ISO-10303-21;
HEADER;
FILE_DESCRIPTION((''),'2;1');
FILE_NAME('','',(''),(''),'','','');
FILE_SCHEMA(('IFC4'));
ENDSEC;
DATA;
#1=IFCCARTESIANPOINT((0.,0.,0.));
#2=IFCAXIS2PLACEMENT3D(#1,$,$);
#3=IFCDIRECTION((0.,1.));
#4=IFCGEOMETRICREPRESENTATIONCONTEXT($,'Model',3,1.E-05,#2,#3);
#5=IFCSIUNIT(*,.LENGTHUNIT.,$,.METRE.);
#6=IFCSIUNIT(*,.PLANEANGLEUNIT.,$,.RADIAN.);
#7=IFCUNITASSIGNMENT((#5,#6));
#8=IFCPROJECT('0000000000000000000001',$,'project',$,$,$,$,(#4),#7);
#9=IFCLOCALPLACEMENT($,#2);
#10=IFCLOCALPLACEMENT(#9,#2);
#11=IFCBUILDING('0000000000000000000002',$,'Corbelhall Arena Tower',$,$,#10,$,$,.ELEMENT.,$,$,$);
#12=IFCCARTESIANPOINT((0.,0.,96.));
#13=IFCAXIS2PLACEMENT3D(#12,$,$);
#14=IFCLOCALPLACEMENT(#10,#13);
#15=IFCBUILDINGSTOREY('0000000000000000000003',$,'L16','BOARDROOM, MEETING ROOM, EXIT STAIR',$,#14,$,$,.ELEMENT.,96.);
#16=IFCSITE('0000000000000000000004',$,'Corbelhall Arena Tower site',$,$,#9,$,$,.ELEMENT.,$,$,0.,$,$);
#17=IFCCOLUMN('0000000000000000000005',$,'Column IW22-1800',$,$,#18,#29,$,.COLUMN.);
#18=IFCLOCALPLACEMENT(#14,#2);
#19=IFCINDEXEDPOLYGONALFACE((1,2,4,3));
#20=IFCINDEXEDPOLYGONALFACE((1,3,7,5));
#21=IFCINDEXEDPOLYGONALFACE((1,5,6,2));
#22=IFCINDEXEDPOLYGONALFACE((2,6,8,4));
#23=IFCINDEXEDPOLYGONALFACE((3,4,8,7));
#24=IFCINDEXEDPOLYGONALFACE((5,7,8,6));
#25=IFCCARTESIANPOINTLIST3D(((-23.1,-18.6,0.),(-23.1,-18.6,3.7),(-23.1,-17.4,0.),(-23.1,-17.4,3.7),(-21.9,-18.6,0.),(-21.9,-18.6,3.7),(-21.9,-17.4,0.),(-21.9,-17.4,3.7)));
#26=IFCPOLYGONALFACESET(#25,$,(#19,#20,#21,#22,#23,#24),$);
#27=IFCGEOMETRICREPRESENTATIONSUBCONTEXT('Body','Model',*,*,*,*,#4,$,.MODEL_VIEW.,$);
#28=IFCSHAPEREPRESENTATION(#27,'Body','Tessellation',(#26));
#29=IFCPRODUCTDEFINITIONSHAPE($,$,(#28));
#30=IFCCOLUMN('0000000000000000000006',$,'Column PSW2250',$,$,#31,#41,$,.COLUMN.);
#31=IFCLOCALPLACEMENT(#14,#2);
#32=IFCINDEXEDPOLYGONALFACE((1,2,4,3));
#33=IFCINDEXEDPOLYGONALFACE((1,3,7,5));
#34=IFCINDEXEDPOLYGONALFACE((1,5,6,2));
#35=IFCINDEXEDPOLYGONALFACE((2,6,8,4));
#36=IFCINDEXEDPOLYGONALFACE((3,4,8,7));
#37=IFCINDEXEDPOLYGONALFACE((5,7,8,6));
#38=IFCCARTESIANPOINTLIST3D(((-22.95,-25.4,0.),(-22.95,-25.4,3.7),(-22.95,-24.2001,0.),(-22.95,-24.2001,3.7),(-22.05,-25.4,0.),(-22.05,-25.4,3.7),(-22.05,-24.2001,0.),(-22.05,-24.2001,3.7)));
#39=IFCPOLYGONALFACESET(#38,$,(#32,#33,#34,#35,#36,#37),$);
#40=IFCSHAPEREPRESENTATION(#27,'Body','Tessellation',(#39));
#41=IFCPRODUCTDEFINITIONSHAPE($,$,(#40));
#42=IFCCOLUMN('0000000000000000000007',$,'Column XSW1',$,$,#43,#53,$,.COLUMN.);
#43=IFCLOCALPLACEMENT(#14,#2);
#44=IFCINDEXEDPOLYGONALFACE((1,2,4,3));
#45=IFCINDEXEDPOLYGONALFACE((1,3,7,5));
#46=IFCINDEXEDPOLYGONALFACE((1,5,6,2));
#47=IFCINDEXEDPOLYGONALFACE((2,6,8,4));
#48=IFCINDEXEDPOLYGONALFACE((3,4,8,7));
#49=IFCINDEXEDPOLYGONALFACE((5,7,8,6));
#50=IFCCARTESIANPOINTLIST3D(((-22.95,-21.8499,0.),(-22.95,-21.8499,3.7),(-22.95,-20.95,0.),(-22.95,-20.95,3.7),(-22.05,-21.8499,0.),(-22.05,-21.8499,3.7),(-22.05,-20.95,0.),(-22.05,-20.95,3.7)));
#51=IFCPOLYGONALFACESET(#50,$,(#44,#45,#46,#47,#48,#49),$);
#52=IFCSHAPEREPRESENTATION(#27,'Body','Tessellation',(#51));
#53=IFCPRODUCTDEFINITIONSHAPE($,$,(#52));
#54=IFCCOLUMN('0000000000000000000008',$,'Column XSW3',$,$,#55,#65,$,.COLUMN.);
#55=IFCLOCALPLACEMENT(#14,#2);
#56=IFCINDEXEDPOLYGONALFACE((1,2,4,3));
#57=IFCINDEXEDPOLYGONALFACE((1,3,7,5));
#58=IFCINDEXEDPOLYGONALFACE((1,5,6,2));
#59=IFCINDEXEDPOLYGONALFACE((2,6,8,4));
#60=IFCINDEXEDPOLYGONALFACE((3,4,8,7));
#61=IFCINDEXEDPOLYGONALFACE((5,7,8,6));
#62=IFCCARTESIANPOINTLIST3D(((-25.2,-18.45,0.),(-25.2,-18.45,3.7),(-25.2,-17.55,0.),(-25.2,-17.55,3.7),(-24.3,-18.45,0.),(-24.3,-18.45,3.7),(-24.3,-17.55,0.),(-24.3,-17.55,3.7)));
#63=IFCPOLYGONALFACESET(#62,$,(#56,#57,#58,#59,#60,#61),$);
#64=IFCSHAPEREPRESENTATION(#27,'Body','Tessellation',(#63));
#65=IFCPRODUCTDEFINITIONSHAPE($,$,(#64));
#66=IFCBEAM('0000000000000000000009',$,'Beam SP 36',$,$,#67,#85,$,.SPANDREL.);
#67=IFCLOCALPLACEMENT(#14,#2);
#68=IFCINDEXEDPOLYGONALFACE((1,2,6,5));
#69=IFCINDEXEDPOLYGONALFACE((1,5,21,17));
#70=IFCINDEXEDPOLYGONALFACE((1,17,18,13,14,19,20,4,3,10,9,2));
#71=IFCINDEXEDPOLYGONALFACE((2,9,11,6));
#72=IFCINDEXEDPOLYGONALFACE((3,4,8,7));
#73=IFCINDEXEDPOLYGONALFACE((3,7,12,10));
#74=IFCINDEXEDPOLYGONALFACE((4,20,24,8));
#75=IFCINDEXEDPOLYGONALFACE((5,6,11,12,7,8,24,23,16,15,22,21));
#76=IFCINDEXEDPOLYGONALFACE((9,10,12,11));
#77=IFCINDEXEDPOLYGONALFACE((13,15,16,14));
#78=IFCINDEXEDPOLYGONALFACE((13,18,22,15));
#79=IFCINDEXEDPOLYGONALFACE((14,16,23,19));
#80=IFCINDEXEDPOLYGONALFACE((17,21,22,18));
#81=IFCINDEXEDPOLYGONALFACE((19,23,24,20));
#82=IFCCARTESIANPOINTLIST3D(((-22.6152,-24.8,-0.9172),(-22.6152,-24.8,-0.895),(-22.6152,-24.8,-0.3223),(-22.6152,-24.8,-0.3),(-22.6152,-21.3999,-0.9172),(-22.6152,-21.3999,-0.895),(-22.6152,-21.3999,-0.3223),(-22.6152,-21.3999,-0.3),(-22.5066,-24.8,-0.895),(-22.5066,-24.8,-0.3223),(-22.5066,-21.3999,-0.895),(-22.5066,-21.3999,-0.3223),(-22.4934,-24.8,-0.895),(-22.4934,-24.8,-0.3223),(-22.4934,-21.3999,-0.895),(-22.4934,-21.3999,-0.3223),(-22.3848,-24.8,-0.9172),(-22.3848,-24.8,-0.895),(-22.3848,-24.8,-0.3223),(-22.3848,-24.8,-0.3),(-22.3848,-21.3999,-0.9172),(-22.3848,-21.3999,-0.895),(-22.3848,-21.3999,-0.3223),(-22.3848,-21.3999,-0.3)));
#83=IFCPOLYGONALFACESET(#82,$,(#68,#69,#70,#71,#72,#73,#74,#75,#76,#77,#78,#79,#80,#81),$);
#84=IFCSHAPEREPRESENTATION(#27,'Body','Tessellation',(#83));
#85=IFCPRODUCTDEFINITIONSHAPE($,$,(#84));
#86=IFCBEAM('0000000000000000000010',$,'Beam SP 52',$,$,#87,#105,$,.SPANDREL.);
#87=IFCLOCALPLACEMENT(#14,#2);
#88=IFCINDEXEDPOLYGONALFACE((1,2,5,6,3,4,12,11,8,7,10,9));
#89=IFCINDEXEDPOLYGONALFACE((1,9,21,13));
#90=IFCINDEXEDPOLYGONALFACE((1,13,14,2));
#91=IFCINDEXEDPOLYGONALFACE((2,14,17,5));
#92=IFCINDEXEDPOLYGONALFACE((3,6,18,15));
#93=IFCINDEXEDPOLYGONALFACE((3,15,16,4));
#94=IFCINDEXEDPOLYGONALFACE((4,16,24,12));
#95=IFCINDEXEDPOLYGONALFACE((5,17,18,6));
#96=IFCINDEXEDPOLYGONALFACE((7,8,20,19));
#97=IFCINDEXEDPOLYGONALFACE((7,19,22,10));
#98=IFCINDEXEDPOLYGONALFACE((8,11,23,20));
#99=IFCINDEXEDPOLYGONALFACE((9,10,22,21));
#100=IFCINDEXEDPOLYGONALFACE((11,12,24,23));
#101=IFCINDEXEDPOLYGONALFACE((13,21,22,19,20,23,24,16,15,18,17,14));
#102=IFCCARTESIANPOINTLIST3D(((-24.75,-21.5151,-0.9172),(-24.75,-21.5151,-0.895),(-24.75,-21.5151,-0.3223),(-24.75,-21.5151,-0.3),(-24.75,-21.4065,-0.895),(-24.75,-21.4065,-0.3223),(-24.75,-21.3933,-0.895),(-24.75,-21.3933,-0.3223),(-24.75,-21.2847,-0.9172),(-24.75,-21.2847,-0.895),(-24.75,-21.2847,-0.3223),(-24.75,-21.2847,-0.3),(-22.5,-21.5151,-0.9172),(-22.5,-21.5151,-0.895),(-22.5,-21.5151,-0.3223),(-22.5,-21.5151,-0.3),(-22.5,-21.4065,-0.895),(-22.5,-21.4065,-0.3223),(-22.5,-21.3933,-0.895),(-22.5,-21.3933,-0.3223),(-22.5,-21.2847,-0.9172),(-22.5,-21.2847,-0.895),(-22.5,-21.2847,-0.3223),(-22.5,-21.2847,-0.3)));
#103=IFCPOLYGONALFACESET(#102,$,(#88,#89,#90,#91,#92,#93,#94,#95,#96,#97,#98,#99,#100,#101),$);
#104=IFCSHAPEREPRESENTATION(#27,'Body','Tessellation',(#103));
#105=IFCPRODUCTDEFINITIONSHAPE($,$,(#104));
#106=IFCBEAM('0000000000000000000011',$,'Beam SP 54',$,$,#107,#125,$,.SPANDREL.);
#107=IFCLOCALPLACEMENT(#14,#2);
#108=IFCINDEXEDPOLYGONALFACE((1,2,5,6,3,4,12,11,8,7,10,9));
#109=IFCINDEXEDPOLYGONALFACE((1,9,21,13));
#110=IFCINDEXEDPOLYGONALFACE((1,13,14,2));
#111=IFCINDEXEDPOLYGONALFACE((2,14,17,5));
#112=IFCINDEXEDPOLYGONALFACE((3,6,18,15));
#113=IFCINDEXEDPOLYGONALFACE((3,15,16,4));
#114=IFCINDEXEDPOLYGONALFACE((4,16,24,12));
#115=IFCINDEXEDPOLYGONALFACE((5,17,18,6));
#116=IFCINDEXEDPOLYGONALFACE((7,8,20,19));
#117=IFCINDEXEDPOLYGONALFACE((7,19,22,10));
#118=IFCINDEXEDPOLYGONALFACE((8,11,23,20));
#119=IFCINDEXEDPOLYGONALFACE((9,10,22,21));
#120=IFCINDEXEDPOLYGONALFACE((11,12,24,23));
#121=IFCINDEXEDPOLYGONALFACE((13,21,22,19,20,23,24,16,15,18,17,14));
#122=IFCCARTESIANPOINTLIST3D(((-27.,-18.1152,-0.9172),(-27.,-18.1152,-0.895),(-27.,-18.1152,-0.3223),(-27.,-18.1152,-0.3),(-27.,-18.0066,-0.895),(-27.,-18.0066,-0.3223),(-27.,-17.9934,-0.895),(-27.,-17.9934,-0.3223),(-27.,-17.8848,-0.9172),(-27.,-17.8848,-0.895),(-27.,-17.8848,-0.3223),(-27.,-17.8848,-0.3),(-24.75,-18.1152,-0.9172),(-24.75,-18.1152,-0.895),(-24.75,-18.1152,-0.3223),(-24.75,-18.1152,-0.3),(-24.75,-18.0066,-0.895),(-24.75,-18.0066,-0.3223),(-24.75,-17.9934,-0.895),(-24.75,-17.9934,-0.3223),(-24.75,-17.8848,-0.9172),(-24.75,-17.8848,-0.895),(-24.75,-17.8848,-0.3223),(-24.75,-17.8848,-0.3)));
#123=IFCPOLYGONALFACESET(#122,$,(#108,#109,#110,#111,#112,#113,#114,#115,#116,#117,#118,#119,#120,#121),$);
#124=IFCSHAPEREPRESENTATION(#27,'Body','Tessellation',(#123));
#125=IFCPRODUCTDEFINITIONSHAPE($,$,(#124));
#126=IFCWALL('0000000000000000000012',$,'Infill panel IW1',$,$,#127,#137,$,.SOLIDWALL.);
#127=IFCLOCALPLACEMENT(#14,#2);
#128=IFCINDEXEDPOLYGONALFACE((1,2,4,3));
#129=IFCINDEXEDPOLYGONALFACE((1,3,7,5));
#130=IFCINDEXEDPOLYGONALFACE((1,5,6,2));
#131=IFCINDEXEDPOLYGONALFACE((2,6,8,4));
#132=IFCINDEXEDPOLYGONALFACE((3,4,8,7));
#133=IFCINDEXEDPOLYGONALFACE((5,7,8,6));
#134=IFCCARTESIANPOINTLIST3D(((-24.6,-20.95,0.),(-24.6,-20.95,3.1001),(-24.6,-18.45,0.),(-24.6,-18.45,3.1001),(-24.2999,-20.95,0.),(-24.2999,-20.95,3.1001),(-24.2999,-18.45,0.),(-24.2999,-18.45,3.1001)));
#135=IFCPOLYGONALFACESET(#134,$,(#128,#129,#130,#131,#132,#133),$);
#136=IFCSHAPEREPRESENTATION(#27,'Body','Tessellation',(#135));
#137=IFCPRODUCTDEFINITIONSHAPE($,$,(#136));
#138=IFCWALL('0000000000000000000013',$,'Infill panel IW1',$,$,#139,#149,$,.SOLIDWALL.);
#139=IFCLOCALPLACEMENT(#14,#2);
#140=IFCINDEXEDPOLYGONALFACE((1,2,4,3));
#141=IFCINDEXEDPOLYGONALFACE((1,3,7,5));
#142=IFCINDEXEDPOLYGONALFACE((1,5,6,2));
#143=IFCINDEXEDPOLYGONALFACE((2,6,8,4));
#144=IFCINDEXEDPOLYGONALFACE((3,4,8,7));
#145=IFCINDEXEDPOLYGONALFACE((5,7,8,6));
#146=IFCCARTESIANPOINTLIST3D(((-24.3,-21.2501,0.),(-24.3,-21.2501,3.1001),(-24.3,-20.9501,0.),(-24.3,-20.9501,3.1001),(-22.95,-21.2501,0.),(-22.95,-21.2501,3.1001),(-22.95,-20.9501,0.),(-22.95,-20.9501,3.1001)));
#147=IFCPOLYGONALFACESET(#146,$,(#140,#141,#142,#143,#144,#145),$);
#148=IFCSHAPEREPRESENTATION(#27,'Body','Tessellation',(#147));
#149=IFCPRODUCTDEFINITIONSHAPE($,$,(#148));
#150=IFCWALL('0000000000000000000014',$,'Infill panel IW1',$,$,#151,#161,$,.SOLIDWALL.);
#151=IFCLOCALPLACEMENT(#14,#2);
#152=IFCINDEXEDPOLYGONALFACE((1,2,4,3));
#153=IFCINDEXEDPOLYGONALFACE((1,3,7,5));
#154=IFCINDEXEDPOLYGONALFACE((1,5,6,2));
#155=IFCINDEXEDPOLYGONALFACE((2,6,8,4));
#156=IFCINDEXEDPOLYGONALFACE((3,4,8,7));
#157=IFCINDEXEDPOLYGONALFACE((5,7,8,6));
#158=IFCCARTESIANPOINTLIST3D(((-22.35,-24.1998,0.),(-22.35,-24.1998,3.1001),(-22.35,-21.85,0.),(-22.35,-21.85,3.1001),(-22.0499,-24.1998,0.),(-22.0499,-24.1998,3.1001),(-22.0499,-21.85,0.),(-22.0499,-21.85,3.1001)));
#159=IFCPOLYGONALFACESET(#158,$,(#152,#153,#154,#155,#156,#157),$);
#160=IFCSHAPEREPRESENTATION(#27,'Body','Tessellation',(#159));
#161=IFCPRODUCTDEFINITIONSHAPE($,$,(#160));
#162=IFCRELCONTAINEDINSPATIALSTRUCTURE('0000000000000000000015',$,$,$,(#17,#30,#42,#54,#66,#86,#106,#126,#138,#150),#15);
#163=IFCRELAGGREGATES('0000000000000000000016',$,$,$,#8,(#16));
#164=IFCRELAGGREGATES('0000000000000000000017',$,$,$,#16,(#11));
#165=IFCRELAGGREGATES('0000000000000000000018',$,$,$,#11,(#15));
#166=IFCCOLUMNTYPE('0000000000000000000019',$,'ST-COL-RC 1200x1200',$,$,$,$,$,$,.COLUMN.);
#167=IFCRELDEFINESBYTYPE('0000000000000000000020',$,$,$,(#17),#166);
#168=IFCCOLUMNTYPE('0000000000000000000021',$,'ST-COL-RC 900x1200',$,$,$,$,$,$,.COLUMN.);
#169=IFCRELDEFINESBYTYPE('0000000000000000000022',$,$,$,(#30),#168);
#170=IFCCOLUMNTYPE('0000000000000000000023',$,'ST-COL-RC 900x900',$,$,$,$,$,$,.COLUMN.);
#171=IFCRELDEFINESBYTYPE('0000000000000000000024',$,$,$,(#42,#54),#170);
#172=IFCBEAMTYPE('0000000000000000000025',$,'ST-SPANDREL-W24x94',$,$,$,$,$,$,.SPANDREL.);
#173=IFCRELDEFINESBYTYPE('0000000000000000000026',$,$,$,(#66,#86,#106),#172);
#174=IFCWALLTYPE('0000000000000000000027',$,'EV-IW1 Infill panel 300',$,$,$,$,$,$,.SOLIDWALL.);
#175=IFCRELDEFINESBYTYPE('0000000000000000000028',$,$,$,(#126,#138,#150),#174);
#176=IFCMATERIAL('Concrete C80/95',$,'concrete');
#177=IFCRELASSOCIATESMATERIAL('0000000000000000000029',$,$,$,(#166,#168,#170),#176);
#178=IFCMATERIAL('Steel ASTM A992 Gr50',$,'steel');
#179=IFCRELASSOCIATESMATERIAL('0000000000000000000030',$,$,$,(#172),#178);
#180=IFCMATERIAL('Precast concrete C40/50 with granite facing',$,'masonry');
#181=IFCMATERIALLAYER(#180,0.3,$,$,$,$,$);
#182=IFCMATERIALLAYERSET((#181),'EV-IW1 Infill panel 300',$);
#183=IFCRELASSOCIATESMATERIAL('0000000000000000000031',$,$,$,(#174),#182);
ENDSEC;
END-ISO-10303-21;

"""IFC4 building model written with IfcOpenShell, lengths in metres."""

from ifc_helpers import new_model, si_unit, direction, frame, frame_2d, origin, origin_2d, place, context, subcontext, project, spatial, rectangle, i_section, extrude, material, layer, layer_set, material_profile, profile_set, type_object, element, save


model = new_model("IFC4")

# Units and contexts
model_context = context("Model", 3, precision=1e-05, world=origin(), true_north=direction((0.0, 1.0)))
body_context = subcontext(model_context, "Body", "Model", "MODEL_VIEW")
ifc_project = project(units=[si_unit("LENGTHUNIT", "METRE"), si_unit("PLANEANGLEUNIT", "RADIAN")], contexts=[model_context])

# Site, building, storey
site_placement = place(None, origin())
site = spatial("IfcSite", under=ifc_project, at=site_placement, Name="Corbelhall Arena Tower site", CompositionType="ELEMENT", RefElevation=0.0)
building_placement = place(site_placement, origin())
building = spatial("IfcBuilding", under=site, at=building_placement, Name="Corbelhall Arena Tower", CompositionType="ELEMENT")
storey_placement = place(building_placement, frame((0.0, 0.0, 96.0)))
storey = spatial("IfcBuildingStorey", under=building, at=storey_placement, Name="L16", Description="BOARDROOM, MEETING ROOM, EXIT STAIR", CompositionType="ELEMENT", Elevation=96.0)

# Columns
ifc_material_1 = material(Name="Concrete C80/95", Category="concrete")
ifc_material_profile_1 = material_profile(ifc_material_1, rectangle(XDim=1.2, YDim=1.2, at=origin_2d()))
ifc_profile_set_1 = profile_set([ifc_material_profile_1], Name="Concrete C80/95")
column_type_1 = type_object("IfcColumnType", Name="ST-COL-RC 1200x1200", PredefinedType="COLUMN", material=ifc_profile_set_1)
column_1_placement = place(storey_placement, frame((-22.5, -18.0, 0.0), z_axis=(0.0, 0.0, 1.0), x_axis=(1.0, 0.0, 0.0)))
element("IfcColumn", 1, at=column_1_placement, inside=storey, type_object=column_type_1, Name="Column IW22-1800", PredefinedType="COLUMN", context=body_context, shape_type="SweptSolid", body=[
    extrude(rectangle(XDim=1.2, YDim=1.2, at=origin_2d()), origin(), (0.0, 0.0, 1.0), 3.7),
])
ifc_material_profile_2 = material_profile(ifc_material_1, rectangle(XDim=0.8999, YDim=1.2, at=origin_2d()))
ifc_profile_set_2 = profile_set([ifc_material_profile_2], Name="Concrete C80/95")
column_type_2 = type_object("IfcColumnType", Name="ST-COL-RC 900x1200", PredefinedType="COLUMN", material=ifc_profile_set_2)
column_2_placement = place(storey_placement, frame((-22.5, -24.8, 0.0), z_axis=(0.0, 0.0, 1.0), x_axis=(1.0, 0.0, 0.0)))
element("IfcColumn", 2, at=column_2_placement, inside=storey, type_object=column_type_2, Name="Column PSW2250", PredefinedType="COLUMN", context=body_context, shape_type="SweptSolid", body=[
    extrude(rectangle(XDim=0.8999, YDim=1.2, at=origin_2d()), origin(), (0.0, 0.0, 1.0), 3.7),
])
ifc_material_profile_3 = material_profile(ifc_material_1, rectangle(XDim=0.8999, YDim=0.8999, at=origin_2d()))
ifc_profile_set_3 = profile_set([ifc_material_profile_3], Name="Concrete C80/95")
column_type_3 = type_object("IfcColumnType", Name="ST-COL-RC 900x900", PredefinedType="COLUMN", material=ifc_profile_set_3)
for number, where, z_axis, x_axis, name in (
    (3, (-22.5, -21.3999, 0.0), (0.0, 0.0, 1.0), (1.0, 0.0, 0.0), "Column XSW1"),
    (4, (-24.75, -18.0, 0.0), (0.0, 0.0, 1.0), (1.0, 0.0, 0.0), "Column XSW3"),
):
    element("IfcColumn", number, at=place(storey_placement, frame(where, z_axis=z_axis, x_axis=x_axis)), inside=storey, type_object=column_type_3, Name=name, PredefinedType="COLUMN", context=body_context, shape_type="SweptSolid", body=[
        extrude(rectangle(XDim=0.8999, YDim=0.8999, at=origin_2d()), origin(), (0.0, 0.0, 1.0), 3.7),
    ])

# Beams
ifc_material_2 = material(Name="Steel ASTM A992 Gr50", Category="steel")
ifc_material_profile_4 = material_profile(ifc_material_2, i_section(OverallWidth=0.2305, OverallDepth=0.6172, WebThickness=0.0132, FlangeThickness=0.0222, at=origin_2d()))
ifc_profile_set_4 = profile_set([ifc_material_profile_4], Name="Steel ASTM A992 Gr50")
beam_type = type_object("IfcBeamType", Name="ST-SPANDREL-W24x94", PredefinedType="SPANDREL", material=ifc_profile_set_4)
beam_placement = place(storey_placement, frame((-22.5, -24.8, -0.6086), z_axis=(0.0, 1.0, 0.0), x_axis=(-1.0, 0.0, 0.0)))
element("IfcBeam", 5, at=beam_placement, inside=storey, type_object=beam_type, Name="Beam SP 36", PredefinedType="SPANDREL", context=body_context, shape_type="SweptSolid", body=[
    extrude(i_section(OverallWidth=0.2305, OverallDepth=0.6172, WebThickness=0.0132, FlangeThickness=0.0222, at=origin_2d()), origin(), (0.0, 0.0, 1.0), 3.4001),
])
for number, where, z_axis, x_axis, name in (
    (6, (-22.5, -21.3999, -0.6086), (-1.0, 0.0, 0.0), (0.0, -1.0, 0.0), "Beam SP 52"),
    (7, (-24.75, -18.0, -0.6086), (-1.0, 0.0, 0.0), (0.0, -1.0, 0.0), "Beam SP 54"),
):
    element("IfcBeam", number, at=place(storey_placement, frame(where, z_axis=z_axis, x_axis=x_axis)), inside=storey, type_object=beam_type, Name=name, PredefinedType="SPANDREL", context=body_context, shape_type="SweptSolid", body=[
        extrude(i_section(OverallWidth=0.2305, OverallDepth=0.6172, WebThickness=0.0132, FlangeThickness=0.0222, at=origin_2d()), origin(), (0.0, 0.0, 1.0), 2.25),
    ])

# Walls
ifc_material_3 = material(Name="Precast concrete C40/50 with granite facing", Category="masonry")
ifc_layer_1 = layer(ifc_material_3, 0.3)
ifc_layer_set_1 = layer_set([ifc_layer_1], Name="EV-IW1 Infill panel 300")
wall_type_1 = type_object("IfcWallType", Name="EV-IW1 Infill panel 300", PredefinedType="SOLIDWALL", material=ifc_layer_set_1)
wall_1_placement = place(storey_placement, frame((-24.45, -18.45, 0.0), z_axis=(0.0, 0.0, 1.0), x_axis=(0.0, -1.0, 0.0)))
element("IfcWall", 8, at=wall_1_placement, inside=storey, type_object=wall_type_1, Name="Infill panel IW1", PredefinedType="SOLIDWALL", context=body_context, shape_type="SweptSolid", body=[
    extrude(rectangle(XDim=2.5, YDim=0.3, at=frame_2d((1.25, 0.0))), origin(), (0.0, 0.0, 1.0), 3.1001),
])
wall_2_placement = place(storey_placement, frame((-24.3, -21.1001, 0.0), z_axis=(0.0, 0.0, 1.0), x_axis=(1.0, 0.0, 0.0)))
element("IfcWall", 9, at=wall_2_placement, inside=storey, type_object=wall_type_1, Name="Infill panel IW1", PredefinedType="SOLIDWALL", context=body_context, shape_type="SweptSolid", body=[
    extrude(rectangle(XDim=1.3501, YDim=0.3, at=frame_2d((0.675, 0.0))), origin(), (0.0, 0.0, 1.0), 3.1001),
])
wall_3_placement = place(storey_placement, frame((-22.2, -21.8501, 0.0), z_axis=(0.0, 0.0, 1.0), x_axis=(0.0, -1.0, 0.0)))
element("IfcWall", 10, at=wall_3_placement, inside=storey, type_object=wall_type_1, Name="Infill panel IW1", PredefinedType="SOLIDWALL", context=body_context, shape_type="SweptSolid", body=[
    extrude(rectangle(XDim=2.3499, YDim=0.3, at=frame_2d((1.1748, 0.0))), origin(), (0.0, 0.0, 1.0), 3.1001),
])

save(model, "model.ifc")
